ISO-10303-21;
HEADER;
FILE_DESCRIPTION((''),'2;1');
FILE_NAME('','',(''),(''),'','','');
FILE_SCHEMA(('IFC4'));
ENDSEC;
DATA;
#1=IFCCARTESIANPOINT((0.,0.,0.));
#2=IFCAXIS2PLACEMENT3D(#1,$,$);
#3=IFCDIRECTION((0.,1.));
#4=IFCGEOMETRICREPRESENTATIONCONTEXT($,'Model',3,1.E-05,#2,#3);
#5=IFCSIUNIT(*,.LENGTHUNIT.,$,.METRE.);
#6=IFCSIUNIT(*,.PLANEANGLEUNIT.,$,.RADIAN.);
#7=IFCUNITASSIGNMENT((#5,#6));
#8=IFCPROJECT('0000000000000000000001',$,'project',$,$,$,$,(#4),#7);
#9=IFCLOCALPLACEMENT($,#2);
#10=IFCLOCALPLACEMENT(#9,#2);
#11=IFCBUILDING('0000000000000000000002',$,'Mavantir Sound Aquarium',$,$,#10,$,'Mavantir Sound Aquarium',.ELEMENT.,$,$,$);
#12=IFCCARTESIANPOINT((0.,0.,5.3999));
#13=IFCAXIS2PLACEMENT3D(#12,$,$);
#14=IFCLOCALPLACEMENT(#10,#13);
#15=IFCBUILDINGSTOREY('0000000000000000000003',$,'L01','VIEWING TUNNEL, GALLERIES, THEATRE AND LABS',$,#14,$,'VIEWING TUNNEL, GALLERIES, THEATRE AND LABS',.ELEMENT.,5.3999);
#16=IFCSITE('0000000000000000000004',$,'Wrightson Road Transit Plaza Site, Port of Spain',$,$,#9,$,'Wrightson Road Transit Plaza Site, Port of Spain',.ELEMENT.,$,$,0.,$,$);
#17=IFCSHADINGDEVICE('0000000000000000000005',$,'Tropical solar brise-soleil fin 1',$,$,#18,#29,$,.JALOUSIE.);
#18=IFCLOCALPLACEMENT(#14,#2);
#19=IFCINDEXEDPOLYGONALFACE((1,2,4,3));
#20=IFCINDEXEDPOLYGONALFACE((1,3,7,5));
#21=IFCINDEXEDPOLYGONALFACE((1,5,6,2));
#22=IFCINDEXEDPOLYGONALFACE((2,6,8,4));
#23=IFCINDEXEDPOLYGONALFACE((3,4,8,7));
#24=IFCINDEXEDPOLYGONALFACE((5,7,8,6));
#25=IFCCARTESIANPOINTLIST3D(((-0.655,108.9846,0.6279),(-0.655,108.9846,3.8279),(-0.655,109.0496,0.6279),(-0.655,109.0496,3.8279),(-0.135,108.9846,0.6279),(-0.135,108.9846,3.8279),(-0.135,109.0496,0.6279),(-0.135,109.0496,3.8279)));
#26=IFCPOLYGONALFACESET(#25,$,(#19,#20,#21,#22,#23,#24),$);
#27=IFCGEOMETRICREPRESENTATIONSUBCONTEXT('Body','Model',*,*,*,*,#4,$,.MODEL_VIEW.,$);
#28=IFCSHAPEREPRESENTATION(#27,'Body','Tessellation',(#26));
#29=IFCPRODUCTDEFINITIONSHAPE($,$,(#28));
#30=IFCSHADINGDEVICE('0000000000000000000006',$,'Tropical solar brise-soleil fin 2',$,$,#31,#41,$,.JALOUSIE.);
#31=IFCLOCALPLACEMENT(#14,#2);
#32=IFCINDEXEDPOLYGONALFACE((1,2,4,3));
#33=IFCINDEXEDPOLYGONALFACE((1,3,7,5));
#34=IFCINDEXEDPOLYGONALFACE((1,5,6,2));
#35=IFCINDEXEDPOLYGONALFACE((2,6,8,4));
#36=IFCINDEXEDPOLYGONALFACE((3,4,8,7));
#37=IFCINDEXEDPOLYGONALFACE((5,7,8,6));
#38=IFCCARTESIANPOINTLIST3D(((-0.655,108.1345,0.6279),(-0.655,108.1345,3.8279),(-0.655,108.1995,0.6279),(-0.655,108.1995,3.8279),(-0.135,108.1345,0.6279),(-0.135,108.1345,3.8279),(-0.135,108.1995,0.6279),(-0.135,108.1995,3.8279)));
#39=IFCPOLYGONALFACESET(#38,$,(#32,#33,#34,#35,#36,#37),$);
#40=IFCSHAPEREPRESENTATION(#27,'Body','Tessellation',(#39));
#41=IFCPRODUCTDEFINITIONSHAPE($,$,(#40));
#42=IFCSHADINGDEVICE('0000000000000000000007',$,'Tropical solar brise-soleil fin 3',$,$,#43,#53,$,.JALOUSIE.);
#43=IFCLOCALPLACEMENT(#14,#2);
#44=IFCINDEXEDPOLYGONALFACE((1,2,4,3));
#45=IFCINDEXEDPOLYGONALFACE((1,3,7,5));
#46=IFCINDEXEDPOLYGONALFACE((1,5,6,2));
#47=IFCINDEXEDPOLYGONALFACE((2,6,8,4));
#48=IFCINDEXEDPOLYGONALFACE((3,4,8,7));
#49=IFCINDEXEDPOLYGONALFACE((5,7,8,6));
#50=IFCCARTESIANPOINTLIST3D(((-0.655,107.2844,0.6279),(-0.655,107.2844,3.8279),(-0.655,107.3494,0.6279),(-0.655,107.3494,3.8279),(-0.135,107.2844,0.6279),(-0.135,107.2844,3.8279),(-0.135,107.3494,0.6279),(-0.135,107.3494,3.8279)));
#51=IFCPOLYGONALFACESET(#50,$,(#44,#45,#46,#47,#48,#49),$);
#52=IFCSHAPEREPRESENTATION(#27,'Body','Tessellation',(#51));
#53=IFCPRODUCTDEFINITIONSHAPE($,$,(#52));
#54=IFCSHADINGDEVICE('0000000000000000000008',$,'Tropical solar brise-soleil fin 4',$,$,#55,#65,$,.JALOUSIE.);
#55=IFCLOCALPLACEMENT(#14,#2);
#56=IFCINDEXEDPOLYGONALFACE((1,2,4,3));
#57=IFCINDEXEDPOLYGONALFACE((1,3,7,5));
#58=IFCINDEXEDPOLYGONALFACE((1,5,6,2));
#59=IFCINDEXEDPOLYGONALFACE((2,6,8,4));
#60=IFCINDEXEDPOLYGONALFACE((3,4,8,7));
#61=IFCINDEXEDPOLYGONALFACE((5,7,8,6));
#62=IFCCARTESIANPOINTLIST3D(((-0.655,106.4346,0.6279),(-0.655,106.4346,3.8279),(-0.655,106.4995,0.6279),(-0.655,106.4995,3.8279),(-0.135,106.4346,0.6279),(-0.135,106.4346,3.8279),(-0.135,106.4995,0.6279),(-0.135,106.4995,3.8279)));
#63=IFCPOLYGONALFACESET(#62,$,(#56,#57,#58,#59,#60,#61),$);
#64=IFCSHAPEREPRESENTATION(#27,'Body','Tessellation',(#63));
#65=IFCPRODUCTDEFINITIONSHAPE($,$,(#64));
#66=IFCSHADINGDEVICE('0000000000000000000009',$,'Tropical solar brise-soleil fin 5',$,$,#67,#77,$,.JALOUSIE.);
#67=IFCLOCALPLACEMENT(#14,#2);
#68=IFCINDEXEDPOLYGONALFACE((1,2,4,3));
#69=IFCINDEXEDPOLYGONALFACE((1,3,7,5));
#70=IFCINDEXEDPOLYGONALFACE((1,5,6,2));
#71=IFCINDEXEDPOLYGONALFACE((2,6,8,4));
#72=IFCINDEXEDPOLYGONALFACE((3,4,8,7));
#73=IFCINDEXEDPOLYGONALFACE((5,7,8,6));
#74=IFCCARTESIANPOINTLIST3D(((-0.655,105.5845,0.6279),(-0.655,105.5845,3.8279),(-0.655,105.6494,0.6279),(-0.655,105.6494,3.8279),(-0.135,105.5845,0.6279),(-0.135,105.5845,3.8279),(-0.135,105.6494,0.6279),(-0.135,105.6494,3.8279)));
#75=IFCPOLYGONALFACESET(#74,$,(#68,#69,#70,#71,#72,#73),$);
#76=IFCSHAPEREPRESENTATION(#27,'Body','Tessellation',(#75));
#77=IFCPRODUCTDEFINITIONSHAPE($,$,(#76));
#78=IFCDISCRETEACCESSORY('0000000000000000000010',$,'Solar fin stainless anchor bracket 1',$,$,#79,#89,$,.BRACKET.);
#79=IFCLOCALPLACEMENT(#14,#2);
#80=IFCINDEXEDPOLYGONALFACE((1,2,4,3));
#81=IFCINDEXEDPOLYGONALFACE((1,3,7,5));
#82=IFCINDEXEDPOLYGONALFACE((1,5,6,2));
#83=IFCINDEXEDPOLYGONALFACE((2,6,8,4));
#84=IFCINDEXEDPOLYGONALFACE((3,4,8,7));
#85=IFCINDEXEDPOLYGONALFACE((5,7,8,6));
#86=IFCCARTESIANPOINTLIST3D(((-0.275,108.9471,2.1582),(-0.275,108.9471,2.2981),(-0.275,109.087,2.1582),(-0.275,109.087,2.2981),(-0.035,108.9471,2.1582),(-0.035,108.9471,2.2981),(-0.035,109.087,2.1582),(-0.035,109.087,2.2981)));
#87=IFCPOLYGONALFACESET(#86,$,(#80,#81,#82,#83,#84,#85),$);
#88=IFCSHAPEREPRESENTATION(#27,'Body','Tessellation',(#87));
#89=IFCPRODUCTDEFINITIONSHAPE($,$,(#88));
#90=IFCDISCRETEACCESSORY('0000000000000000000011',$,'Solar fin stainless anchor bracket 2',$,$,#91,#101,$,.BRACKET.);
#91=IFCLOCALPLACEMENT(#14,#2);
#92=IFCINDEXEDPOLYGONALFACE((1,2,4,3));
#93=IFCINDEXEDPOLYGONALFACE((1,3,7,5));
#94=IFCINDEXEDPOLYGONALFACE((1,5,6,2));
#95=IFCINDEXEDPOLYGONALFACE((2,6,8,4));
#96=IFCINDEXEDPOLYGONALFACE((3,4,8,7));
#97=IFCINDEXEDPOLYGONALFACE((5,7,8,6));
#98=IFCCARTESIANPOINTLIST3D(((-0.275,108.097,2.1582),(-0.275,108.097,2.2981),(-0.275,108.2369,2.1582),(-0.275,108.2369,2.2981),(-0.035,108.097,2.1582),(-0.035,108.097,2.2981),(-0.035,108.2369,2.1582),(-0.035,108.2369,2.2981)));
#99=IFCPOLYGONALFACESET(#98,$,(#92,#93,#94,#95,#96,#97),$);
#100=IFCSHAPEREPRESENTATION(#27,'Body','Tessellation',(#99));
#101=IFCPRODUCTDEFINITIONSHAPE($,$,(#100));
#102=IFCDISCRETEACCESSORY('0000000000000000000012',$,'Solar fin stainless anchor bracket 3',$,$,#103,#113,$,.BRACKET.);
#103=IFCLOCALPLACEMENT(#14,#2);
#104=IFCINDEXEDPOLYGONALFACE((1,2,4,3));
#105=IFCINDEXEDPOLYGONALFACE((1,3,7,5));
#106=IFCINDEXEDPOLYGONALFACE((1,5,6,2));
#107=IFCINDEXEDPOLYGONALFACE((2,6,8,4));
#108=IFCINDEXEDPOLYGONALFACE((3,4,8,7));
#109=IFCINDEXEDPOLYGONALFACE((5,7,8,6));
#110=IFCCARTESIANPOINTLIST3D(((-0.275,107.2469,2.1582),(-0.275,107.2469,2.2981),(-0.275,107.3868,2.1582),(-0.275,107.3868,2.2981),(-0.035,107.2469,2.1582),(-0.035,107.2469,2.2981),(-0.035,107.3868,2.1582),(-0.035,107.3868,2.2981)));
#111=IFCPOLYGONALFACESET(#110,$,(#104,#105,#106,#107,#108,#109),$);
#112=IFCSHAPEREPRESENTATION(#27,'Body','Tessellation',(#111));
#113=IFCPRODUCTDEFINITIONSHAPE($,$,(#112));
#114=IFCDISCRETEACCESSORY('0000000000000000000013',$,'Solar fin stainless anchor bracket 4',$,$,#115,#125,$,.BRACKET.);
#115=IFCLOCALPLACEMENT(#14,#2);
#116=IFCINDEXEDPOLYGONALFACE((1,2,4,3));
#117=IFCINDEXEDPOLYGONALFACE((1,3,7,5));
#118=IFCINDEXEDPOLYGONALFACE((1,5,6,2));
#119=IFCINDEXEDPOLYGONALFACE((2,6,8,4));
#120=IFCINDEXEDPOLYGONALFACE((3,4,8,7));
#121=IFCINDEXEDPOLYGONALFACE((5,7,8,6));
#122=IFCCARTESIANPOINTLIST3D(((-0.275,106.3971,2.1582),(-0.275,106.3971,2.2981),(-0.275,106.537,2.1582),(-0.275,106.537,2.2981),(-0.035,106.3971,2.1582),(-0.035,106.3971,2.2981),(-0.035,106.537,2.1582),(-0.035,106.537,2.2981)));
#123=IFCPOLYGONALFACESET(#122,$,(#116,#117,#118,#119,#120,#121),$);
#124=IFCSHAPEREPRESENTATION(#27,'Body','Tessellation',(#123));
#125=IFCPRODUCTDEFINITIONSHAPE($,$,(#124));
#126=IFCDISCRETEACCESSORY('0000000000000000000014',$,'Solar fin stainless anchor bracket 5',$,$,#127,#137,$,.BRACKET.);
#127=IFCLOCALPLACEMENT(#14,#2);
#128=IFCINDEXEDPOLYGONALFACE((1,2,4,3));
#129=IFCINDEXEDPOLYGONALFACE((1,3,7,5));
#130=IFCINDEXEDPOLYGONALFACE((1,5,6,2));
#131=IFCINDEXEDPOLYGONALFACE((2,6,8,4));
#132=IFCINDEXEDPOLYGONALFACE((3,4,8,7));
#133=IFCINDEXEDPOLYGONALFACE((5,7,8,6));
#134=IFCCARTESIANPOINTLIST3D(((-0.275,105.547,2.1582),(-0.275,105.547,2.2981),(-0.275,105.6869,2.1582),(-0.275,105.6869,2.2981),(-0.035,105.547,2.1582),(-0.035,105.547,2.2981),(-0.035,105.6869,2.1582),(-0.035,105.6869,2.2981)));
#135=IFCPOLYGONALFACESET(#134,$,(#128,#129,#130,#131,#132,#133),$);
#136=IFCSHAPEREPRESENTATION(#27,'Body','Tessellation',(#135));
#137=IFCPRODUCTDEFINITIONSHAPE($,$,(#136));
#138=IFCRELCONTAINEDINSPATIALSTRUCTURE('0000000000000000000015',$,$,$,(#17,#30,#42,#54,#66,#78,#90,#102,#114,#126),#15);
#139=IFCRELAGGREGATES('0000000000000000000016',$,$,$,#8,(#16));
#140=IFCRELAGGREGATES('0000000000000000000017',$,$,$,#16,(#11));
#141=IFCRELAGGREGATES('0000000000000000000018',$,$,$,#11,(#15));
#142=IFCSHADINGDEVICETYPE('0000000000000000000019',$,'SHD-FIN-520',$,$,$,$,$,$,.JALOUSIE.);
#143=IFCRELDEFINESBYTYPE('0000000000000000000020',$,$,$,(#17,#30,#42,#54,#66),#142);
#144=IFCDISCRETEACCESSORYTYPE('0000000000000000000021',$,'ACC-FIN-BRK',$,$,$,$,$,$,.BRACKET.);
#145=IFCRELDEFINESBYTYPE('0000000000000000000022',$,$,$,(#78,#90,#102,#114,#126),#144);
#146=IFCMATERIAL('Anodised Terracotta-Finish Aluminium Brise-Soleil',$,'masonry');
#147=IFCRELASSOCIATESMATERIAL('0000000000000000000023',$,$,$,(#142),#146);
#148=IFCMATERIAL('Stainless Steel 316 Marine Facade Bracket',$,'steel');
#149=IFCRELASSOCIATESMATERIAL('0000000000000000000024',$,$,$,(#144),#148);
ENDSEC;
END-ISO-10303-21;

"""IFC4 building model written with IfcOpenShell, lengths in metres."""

from ifc_helpers import new_model, si_unit, direction, frame, origin, origin_2d, place, context, subcontext, project, spatial, rectangle, extrude, material, type_object, element, save


model = new_model("IFC4")

# Units and contexts
model_context = context("Model", 3, precision=1e-05, world=origin(), true_north=direction((0.0, 1.0)))
body_context = subcontext(model_context, "Body", "Model", "MODEL_VIEW")
ifc_project = project(units=[si_unit("LENGTHUNIT", "METRE"), si_unit("PLANEANGLEUNIT", "RADIAN")], contexts=[model_context])

# Site, building, storey
site_placement = place(None, origin())
site = spatial("IfcSite", under=ifc_project, at=site_placement, Name="Wrightson Road Transit Plaza Site, Port of Spain", LongName="Wrightson Road Transit Plaza Site, Port of Spain", CompositionType="ELEMENT", RefElevation=0.0)
building_placement = place(site_placement, origin())
building = spatial("IfcBuilding", under=site, at=building_placement, Name="Mavantir Sound Aquarium", LongName="Mavantir Sound Aquarium", CompositionType="ELEMENT")
storey_placement = place(building_placement, frame((0.0, 0.0, 5.3999)))
storey = spatial("IfcBuildingStorey", under=building, at=storey_placement, Name="L01", Description="VIEWING TUNNEL, GALLERIES, THEATRE AND LABS", LongName="VIEWING TUNNEL, GALLERIES, THEATRE AND LABS", CompositionType="ELEMENT", Elevation=5.3999)

# Shading devices
ifc_material_1 = material(Name="Anodised Terracotta-Finish Aluminium Brise-Soleil", Category="masonry")
shading_device_type = type_object("IfcShadingDeviceType", Name="SHD-FIN-520", PredefinedType="JALOUSIE", material=ifc_material_1)
for number, where, z_axis, x_axis, name in (
    (1, (-0.395, 109.0171, 0.6279), (0.0, 0.0, 1.0), (0.0, 1.0, 0.0), "Tropical solar brise-soleil fin 1"),
    (2, (-0.395, 108.167, 0.6279), (0.0, 0.0, 1.0), (0.0, 1.0, 0.0), "Tropical solar brise-soleil fin 2"),
    (3, (-0.395, 107.3169, 0.6279), (0.0, 0.0, 1.0), (0.0, 1.0, 0.0), "Tropical solar brise-soleil fin 3"),
    (4, (-0.395, 106.467, 0.6279), (0.0, 0.0, 1.0), (0.0, 1.0, 0.0), "Tropical solar brise-soleil fin 4"),
    (5, (-0.395, 105.6169, 0.6279), (0.0, 0.0, 1.0), (0.0, 1.0, 0.0), "Tropical solar brise-soleil fin 5"),
):
    element("IfcShadingDevice", number, at=place(storey_placement, frame(where, z_axis=z_axis, x_axis=x_axis)), inside=storey, type_object=shading_device_type, Name=name, PredefinedType="JALOUSIE", context=body_context, shape_type="SweptSolid", body=[
        extrude(rectangle(XDim=0.0649, YDim=0.52, at=origin_2d()), origin(), (0.0, 0.0, 1.0), 3.2),
    ])

# Discrete accessories
ifc_material_2 = material(Name="Stainless Steel 316 Marine Facade Bracket", Category="steel")
discrete_accessory_type = type_object("IfcDiscreteAccessoryType", Name="ACC-FIN-BRK", PredefinedType="BRACKET", material=ifc_material_2)
for number, where, z_axis, x_axis, name in (
    (6, (-0.155, 109.0171, 2.1582), (0.0, 0.0, 1.0), (0.0, 1.0, 0.0), "Solar fin stainless anchor bracket 1"),
    (7, (-0.155, 108.167, 2.1582), (0.0, 0.0, 1.0), (0.0, 1.0, 0.0), "Solar fin stainless anchor bracket 2"),
    (8, (-0.155, 107.3169, 2.1582), (0.0, 0.0, 1.0), (0.0, 1.0, 0.0), "Solar fin stainless anchor bracket 3"),
    (9, (-0.155, 106.467, 2.1582), (0.0, 0.0, 1.0), (0.0, 1.0, 0.0), "Solar fin stainless anchor bracket 4"),
    (10, (-0.155, 105.6169, 2.1582), (0.0, 0.0, 1.0), (0.0, 1.0, 0.0), "Solar fin stainless anchor bracket 5"),
):
    element("IfcDiscreteAccessory", number, at=place(storey_placement, frame(where, z_axis=z_axis, x_axis=x_axis)), inside=storey, type_object=discrete_accessory_type, Name=name, PredefinedType="BRACKET", context=body_context, shape_type="SweptSolid", body=[
        extrude(rectangle(XDim=0.1399, YDim=0.24, at=origin_2d()), origin(), (0.0, 0.0, 1.0), 0.1399),
    ])

save(model, "model.ifc")
